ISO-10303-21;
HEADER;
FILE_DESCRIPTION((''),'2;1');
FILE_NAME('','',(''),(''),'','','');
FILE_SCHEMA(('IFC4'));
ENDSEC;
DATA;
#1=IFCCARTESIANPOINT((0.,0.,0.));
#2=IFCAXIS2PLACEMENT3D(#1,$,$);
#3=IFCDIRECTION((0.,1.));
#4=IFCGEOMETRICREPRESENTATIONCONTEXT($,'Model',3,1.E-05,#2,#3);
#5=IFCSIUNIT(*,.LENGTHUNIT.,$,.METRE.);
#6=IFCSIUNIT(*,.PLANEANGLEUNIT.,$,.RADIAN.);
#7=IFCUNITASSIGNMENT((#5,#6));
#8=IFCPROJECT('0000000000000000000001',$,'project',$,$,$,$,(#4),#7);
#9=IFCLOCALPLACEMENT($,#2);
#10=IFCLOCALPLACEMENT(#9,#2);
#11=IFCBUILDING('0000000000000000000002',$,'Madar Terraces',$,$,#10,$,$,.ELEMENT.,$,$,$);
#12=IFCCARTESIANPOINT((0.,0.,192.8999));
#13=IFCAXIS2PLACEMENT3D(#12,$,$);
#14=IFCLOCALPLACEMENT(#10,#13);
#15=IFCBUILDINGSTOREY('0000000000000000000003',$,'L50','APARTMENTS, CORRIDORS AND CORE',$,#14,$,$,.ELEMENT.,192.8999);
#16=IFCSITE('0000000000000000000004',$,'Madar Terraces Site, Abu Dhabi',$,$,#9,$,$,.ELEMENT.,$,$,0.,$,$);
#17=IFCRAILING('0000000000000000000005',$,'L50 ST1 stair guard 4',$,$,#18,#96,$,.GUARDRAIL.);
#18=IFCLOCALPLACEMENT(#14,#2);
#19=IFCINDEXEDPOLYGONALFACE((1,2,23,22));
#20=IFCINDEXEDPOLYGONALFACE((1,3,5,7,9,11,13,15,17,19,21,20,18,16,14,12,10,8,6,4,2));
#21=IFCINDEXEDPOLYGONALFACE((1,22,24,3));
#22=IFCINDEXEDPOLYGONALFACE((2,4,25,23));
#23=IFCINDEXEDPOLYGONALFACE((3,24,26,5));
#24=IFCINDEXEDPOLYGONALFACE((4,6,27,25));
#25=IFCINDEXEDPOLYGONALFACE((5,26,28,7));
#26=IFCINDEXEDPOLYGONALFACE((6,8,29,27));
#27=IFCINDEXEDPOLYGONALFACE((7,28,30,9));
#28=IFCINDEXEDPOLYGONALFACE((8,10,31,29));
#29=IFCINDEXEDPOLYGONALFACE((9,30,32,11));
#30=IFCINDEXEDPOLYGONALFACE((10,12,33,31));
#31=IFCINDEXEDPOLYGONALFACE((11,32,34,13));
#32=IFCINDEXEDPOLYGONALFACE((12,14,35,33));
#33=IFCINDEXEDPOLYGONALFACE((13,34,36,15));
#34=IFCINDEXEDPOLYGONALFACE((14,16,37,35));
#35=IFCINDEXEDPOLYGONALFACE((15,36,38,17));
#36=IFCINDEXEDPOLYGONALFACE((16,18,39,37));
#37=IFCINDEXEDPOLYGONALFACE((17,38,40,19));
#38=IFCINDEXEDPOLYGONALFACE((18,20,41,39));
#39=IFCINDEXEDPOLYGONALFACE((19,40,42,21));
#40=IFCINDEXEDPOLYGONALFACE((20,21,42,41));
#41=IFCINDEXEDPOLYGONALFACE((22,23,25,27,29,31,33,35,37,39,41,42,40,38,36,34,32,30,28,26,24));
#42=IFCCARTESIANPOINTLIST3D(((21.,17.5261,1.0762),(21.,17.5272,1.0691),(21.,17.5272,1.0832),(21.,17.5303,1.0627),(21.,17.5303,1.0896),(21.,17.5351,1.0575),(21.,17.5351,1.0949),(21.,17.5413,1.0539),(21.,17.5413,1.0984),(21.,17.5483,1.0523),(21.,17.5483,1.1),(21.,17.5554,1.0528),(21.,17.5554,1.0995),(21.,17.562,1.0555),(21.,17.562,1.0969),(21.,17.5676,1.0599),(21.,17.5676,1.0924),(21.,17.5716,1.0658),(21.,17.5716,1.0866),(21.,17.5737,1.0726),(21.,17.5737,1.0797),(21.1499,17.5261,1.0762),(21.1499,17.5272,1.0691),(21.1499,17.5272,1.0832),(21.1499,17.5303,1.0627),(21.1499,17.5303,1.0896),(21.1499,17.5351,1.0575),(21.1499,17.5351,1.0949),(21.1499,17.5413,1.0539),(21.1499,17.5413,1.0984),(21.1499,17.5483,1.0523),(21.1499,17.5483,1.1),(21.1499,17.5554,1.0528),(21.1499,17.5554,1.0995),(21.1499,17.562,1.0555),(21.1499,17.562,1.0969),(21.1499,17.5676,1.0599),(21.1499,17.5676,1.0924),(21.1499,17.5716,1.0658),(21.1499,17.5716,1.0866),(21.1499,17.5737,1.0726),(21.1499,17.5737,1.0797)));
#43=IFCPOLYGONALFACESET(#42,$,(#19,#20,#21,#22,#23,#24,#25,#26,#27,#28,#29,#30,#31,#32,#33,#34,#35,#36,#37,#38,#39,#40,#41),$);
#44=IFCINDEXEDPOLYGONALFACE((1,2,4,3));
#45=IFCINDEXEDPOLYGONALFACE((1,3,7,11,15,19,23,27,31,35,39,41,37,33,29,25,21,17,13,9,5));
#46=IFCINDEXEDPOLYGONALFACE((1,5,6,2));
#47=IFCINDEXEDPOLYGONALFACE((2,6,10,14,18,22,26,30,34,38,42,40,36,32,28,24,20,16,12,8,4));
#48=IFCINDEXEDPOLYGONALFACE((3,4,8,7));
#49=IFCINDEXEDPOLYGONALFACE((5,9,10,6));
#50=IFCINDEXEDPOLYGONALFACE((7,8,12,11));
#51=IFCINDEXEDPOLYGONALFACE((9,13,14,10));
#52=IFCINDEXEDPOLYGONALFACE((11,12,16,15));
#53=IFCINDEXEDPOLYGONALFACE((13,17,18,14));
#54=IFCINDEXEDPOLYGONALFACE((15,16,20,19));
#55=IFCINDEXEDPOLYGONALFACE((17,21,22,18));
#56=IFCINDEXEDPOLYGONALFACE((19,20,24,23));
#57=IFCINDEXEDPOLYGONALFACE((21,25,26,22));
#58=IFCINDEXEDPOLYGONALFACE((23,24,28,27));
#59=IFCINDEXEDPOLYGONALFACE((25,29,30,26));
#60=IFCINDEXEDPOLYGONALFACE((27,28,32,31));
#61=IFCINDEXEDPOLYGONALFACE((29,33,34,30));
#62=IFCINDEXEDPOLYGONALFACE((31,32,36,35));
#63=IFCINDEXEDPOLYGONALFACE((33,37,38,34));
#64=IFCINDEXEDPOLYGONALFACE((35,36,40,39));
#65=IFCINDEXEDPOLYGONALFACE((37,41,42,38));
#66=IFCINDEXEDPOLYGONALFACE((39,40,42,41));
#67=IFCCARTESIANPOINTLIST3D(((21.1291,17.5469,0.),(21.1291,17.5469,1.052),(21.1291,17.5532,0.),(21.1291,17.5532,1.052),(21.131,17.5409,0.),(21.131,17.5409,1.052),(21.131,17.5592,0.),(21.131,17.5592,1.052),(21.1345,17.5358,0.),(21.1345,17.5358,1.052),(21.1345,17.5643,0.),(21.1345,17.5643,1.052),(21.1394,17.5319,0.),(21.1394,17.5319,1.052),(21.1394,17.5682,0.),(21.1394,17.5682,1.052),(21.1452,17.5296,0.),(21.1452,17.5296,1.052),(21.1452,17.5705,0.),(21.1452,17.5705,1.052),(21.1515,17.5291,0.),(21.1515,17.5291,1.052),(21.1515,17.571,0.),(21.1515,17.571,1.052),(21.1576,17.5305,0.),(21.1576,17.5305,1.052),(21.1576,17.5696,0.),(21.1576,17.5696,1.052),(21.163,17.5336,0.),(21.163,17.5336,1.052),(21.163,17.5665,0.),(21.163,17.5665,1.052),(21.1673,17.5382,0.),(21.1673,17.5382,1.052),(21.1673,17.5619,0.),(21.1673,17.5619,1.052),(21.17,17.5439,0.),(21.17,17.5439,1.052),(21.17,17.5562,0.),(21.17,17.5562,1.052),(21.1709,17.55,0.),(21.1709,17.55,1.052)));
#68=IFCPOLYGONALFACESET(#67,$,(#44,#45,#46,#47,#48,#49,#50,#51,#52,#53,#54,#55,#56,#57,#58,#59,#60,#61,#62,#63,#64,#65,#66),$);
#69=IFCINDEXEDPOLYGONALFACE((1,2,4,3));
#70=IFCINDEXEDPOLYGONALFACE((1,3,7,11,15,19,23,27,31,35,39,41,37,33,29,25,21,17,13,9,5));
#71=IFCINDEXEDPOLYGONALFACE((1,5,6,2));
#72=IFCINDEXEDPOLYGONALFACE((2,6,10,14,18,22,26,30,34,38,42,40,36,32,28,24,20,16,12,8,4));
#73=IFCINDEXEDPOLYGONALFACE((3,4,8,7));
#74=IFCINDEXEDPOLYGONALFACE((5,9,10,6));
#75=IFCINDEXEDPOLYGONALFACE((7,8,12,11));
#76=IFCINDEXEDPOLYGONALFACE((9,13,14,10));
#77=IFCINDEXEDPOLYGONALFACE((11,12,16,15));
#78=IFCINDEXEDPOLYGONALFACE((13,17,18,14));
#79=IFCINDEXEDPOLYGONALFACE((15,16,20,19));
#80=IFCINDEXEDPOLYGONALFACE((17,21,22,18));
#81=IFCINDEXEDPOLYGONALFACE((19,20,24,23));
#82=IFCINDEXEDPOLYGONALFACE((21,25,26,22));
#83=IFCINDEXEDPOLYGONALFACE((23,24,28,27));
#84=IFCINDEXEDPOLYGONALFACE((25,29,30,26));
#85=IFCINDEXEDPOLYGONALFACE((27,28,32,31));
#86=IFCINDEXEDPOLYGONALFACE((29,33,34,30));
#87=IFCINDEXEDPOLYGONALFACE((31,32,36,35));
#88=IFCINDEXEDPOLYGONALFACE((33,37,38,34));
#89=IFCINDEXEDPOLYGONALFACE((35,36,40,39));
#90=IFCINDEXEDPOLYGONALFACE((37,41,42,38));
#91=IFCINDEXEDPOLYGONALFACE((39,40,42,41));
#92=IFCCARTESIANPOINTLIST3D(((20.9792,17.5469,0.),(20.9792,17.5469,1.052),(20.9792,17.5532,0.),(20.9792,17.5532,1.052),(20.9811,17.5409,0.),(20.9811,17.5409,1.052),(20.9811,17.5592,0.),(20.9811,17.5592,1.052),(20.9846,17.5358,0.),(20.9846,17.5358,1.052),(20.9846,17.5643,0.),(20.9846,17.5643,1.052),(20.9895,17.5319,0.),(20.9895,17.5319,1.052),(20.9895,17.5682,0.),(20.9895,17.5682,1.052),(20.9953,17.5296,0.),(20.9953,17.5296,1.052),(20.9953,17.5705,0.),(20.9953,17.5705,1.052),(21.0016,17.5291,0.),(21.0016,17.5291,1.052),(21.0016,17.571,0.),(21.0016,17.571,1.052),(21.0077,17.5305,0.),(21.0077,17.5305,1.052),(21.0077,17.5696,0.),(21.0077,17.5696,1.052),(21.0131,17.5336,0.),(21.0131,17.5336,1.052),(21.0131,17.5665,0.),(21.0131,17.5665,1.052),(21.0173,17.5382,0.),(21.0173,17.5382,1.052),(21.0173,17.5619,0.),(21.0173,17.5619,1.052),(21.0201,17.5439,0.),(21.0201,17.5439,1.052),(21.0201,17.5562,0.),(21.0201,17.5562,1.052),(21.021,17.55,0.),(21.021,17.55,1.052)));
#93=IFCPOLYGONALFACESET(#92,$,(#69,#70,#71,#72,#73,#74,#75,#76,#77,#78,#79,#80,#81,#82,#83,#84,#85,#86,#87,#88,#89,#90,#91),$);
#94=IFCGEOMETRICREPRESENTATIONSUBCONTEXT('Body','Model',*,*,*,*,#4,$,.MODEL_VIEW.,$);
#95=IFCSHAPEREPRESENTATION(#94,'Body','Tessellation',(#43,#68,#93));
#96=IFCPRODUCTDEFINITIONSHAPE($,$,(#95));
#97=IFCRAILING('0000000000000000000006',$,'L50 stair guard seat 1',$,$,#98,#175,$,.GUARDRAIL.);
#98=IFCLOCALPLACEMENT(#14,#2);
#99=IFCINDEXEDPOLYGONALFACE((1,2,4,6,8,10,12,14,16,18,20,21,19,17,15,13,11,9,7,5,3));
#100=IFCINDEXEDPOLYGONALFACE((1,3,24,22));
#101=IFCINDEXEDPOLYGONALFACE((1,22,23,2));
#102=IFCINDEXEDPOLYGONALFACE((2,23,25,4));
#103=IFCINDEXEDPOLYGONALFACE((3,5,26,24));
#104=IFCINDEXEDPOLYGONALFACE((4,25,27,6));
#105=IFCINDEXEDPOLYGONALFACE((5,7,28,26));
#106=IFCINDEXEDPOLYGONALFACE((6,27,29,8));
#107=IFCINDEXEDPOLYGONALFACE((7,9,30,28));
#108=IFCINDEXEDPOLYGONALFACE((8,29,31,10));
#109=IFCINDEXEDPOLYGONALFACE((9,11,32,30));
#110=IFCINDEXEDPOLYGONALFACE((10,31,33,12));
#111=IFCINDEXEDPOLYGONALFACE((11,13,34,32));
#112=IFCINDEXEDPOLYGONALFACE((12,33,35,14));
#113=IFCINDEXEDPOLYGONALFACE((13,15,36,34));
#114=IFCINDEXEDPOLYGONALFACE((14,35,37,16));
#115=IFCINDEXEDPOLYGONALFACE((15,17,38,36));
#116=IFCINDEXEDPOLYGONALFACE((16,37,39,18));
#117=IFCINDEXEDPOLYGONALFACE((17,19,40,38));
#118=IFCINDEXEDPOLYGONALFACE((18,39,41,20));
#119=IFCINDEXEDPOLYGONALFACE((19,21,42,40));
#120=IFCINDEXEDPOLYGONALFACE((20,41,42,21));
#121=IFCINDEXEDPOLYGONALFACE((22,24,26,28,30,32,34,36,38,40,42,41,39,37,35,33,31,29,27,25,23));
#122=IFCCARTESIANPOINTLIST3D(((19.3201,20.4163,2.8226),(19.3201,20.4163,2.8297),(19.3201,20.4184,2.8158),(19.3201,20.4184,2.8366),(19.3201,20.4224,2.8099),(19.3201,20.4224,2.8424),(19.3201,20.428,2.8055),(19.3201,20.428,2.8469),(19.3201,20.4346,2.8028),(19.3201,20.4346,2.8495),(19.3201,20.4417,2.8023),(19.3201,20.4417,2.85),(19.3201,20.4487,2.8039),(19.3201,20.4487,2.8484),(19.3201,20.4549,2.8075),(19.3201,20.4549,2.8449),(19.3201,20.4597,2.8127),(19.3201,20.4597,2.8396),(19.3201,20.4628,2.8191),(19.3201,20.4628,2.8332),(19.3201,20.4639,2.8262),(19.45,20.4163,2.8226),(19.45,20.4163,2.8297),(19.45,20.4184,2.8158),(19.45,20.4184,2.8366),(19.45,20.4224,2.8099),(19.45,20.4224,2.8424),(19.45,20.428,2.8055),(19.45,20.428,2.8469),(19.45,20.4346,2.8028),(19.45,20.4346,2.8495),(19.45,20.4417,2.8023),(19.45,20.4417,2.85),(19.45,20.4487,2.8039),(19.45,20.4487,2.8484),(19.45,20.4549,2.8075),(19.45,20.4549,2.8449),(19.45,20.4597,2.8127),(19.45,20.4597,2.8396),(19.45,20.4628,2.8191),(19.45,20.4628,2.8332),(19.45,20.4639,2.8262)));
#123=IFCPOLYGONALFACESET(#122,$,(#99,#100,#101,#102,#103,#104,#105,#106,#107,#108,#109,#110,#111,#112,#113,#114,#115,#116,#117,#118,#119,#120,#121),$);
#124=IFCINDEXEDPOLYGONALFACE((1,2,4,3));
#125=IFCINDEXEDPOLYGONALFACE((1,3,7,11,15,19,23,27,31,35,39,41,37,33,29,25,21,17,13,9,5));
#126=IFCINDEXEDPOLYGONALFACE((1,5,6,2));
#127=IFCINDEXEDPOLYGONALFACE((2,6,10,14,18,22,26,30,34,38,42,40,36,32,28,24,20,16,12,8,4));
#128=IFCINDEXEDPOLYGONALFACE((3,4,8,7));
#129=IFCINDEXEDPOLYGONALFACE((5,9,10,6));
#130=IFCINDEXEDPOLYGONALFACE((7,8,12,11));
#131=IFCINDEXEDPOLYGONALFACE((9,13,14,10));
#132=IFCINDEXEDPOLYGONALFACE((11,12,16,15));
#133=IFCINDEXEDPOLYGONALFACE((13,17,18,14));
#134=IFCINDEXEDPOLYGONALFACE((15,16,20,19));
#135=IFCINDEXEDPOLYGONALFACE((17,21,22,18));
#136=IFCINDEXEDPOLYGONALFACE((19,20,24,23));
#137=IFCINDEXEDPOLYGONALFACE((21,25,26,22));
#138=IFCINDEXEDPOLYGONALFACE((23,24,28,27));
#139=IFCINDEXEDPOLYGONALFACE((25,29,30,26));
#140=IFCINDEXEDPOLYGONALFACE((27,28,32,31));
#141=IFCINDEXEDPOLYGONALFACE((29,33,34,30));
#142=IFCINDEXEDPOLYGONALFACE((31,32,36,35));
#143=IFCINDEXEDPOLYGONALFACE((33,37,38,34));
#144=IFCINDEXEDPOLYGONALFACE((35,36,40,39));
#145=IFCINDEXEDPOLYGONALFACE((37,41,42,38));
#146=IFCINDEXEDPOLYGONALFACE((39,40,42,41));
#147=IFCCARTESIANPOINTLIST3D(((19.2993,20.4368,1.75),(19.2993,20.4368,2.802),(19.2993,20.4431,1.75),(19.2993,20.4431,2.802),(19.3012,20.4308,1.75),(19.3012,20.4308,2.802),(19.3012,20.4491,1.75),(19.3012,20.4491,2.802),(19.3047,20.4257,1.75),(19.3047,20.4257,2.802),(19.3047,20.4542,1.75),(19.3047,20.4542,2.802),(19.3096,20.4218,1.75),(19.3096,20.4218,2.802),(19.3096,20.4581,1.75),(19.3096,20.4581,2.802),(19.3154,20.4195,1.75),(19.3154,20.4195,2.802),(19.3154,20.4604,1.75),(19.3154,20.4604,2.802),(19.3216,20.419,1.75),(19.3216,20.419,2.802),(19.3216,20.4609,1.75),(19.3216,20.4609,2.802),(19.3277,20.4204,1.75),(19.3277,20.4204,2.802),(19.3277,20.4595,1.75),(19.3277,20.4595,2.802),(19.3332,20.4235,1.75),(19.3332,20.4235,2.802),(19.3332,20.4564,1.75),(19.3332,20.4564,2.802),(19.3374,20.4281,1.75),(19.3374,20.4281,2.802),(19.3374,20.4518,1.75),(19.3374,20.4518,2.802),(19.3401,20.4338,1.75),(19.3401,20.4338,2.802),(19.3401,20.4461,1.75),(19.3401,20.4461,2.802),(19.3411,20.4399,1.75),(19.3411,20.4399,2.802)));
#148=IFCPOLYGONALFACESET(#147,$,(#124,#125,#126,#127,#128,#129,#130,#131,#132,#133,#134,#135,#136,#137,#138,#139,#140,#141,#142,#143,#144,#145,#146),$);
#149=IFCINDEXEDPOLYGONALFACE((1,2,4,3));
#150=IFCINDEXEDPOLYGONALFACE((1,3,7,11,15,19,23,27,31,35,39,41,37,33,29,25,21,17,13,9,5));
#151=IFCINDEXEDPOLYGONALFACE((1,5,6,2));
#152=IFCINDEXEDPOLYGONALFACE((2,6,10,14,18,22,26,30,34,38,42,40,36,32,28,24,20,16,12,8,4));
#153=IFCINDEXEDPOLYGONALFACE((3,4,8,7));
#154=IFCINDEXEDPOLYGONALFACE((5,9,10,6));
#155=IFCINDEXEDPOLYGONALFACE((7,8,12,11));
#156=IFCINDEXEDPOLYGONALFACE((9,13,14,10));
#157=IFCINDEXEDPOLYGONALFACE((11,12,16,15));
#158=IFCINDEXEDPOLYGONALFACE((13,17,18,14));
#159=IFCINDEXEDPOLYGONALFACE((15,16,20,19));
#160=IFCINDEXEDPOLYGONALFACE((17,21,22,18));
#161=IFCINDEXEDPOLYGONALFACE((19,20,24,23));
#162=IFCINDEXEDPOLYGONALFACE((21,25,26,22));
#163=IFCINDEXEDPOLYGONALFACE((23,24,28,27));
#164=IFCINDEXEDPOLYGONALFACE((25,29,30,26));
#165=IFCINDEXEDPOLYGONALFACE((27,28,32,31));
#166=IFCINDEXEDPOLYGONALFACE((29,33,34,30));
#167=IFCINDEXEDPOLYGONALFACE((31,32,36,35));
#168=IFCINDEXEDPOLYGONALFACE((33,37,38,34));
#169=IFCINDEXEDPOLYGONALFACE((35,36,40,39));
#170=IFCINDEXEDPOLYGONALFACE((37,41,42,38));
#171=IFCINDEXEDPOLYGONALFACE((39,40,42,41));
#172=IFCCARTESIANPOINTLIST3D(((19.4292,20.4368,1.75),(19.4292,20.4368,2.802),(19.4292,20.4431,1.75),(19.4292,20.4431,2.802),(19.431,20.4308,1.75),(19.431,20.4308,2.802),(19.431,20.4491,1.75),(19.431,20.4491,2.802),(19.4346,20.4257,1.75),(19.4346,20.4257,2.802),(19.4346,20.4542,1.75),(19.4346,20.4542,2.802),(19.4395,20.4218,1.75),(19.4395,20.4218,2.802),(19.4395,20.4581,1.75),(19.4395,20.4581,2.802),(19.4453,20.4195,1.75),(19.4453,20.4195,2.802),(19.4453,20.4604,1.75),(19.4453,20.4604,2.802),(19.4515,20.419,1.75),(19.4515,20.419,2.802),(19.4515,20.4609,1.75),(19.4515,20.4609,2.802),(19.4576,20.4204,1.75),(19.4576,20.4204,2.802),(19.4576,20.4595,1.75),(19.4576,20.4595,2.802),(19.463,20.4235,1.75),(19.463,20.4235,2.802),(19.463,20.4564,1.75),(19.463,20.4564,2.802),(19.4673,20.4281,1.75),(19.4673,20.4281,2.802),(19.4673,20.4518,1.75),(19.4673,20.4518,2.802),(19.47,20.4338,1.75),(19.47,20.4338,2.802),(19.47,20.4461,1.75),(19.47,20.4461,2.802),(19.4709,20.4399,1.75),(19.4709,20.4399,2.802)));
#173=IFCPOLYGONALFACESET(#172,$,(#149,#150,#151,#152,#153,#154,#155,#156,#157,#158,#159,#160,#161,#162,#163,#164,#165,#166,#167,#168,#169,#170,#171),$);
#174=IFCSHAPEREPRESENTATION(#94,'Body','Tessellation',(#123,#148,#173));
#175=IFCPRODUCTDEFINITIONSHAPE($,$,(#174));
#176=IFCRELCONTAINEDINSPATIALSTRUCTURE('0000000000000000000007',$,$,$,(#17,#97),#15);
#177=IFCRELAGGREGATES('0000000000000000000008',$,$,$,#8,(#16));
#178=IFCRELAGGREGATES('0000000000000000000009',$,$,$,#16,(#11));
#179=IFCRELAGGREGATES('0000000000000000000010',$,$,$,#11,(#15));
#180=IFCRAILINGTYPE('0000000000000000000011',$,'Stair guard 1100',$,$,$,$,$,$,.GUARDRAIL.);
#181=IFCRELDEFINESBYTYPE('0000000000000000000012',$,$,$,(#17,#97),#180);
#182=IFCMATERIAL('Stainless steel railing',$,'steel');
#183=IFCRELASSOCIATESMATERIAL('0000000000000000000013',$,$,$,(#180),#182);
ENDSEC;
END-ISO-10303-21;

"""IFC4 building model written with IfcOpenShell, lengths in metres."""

from ifc_helpers import new_model, si_unit, direction, frame, origin, origin_2d, place, context, subcontext, project, spatial, circle, extrude, material, type_object, element, save


model = new_model("IFC4")

# Units and contexts
model_context = context("Model", 3, precision=1e-05, world=origin(), true_north=direction((0.0, 1.0)))
body_context = subcontext(model_context, "Body", "Model", "MODEL_VIEW")
ifc_project = project(units=[si_unit("LENGTHUNIT", "METRE"), si_unit("PLANEANGLEUNIT", "RADIAN")], contexts=[model_context])

# Site, building, storey
site_placement = place(None, origin())
site = spatial("IfcSite", under=ifc_project, at=site_placement, Name="Madar Terraces Site, Abu Dhabi", CompositionType="ELEMENT", RefElevation=0.0)
building_placement = place(site_placement, origin())
building = spatial("IfcBuilding", under=site, at=building_placement, Name="Madar Terraces", CompositionType="ELEMENT")
storey_placement = place(building_placement, frame((0.0, 0.0, 192.8999)))
storey = spatial("IfcBuildingStorey", under=building, at=storey_placement, Name="L50", Description="APARTMENTS, CORRIDORS AND CORE", CompositionType="ELEMENT", Elevation=192.8999)

# Railings
ifc_material_1 = material(Name="Stainless steel railing", Category="steel")
railing_type_1 = type_object("IfcRailingType", Name="Stair guard 1100", PredefinedType="GUARDRAIL", material=ifc_material_1)
railing_1_placement = place(storey_placement, frame((21.1499, 17.55, 0.0)))
element("IfcRailing", 1, at=railing_1_placement, inside=storey, type_object=railing_type_1, Name="L50 ST1 stair guard 4", PredefinedType="GUARDRAIL", context=body_context, shape_type="SweptSolid", body=[
    extrude(circle(Radius=0.0239, at=origin_2d()), frame((0.0, 0.0, 1.0762), z_axis=(-1.0, 0.0, 0.0), x_axis=(0.0, -1.0, 0.0)), (0.0, 0.0, 1.0), 0.1499),
    extrude(circle(Radius=0.021, at=origin_2d()), origin(), (0.0, 0.0, 1.0), 1.052),
    extrude(circle(Radius=0.021, at=origin_2d()), frame((-0.1499, 0.0, 0.0)), (0.0, 0.0, 1.0), 1.052),
])
for number, where, name in (
    (2, (19.3201, 20.4399, 1.75), "L50 stair guard seat 1"),
):
    element("IfcRailing", number, at=place(storey_placement, frame(where)), inside=storey, type_object=railing_type_1, Name=name, PredefinedType="GUARDRAIL", context=body_context, shape_type="SweptSolid", body=[
        extrude(circle(Radius=0.0239, at=origin_2d()), frame((0.0, 0.0, 1.0762), z_axis=(1.0, 0.0, 0.0), x_axis=(0.0, 1.0, 0.0)), (0.0, 0.0, 1.0), 0.1299),
        extrude(circle(Radius=0.021, at=origin_2d()), origin(), (0.0, 0.0, 1.0), 1.052),
        extrude(circle(Radius=0.021, at=origin_2d()), frame((0.1299, 0.0, 0.0)), (0.0, 0.0, 1.0), 1.052),
    ])

save(model, "model.ifc")
